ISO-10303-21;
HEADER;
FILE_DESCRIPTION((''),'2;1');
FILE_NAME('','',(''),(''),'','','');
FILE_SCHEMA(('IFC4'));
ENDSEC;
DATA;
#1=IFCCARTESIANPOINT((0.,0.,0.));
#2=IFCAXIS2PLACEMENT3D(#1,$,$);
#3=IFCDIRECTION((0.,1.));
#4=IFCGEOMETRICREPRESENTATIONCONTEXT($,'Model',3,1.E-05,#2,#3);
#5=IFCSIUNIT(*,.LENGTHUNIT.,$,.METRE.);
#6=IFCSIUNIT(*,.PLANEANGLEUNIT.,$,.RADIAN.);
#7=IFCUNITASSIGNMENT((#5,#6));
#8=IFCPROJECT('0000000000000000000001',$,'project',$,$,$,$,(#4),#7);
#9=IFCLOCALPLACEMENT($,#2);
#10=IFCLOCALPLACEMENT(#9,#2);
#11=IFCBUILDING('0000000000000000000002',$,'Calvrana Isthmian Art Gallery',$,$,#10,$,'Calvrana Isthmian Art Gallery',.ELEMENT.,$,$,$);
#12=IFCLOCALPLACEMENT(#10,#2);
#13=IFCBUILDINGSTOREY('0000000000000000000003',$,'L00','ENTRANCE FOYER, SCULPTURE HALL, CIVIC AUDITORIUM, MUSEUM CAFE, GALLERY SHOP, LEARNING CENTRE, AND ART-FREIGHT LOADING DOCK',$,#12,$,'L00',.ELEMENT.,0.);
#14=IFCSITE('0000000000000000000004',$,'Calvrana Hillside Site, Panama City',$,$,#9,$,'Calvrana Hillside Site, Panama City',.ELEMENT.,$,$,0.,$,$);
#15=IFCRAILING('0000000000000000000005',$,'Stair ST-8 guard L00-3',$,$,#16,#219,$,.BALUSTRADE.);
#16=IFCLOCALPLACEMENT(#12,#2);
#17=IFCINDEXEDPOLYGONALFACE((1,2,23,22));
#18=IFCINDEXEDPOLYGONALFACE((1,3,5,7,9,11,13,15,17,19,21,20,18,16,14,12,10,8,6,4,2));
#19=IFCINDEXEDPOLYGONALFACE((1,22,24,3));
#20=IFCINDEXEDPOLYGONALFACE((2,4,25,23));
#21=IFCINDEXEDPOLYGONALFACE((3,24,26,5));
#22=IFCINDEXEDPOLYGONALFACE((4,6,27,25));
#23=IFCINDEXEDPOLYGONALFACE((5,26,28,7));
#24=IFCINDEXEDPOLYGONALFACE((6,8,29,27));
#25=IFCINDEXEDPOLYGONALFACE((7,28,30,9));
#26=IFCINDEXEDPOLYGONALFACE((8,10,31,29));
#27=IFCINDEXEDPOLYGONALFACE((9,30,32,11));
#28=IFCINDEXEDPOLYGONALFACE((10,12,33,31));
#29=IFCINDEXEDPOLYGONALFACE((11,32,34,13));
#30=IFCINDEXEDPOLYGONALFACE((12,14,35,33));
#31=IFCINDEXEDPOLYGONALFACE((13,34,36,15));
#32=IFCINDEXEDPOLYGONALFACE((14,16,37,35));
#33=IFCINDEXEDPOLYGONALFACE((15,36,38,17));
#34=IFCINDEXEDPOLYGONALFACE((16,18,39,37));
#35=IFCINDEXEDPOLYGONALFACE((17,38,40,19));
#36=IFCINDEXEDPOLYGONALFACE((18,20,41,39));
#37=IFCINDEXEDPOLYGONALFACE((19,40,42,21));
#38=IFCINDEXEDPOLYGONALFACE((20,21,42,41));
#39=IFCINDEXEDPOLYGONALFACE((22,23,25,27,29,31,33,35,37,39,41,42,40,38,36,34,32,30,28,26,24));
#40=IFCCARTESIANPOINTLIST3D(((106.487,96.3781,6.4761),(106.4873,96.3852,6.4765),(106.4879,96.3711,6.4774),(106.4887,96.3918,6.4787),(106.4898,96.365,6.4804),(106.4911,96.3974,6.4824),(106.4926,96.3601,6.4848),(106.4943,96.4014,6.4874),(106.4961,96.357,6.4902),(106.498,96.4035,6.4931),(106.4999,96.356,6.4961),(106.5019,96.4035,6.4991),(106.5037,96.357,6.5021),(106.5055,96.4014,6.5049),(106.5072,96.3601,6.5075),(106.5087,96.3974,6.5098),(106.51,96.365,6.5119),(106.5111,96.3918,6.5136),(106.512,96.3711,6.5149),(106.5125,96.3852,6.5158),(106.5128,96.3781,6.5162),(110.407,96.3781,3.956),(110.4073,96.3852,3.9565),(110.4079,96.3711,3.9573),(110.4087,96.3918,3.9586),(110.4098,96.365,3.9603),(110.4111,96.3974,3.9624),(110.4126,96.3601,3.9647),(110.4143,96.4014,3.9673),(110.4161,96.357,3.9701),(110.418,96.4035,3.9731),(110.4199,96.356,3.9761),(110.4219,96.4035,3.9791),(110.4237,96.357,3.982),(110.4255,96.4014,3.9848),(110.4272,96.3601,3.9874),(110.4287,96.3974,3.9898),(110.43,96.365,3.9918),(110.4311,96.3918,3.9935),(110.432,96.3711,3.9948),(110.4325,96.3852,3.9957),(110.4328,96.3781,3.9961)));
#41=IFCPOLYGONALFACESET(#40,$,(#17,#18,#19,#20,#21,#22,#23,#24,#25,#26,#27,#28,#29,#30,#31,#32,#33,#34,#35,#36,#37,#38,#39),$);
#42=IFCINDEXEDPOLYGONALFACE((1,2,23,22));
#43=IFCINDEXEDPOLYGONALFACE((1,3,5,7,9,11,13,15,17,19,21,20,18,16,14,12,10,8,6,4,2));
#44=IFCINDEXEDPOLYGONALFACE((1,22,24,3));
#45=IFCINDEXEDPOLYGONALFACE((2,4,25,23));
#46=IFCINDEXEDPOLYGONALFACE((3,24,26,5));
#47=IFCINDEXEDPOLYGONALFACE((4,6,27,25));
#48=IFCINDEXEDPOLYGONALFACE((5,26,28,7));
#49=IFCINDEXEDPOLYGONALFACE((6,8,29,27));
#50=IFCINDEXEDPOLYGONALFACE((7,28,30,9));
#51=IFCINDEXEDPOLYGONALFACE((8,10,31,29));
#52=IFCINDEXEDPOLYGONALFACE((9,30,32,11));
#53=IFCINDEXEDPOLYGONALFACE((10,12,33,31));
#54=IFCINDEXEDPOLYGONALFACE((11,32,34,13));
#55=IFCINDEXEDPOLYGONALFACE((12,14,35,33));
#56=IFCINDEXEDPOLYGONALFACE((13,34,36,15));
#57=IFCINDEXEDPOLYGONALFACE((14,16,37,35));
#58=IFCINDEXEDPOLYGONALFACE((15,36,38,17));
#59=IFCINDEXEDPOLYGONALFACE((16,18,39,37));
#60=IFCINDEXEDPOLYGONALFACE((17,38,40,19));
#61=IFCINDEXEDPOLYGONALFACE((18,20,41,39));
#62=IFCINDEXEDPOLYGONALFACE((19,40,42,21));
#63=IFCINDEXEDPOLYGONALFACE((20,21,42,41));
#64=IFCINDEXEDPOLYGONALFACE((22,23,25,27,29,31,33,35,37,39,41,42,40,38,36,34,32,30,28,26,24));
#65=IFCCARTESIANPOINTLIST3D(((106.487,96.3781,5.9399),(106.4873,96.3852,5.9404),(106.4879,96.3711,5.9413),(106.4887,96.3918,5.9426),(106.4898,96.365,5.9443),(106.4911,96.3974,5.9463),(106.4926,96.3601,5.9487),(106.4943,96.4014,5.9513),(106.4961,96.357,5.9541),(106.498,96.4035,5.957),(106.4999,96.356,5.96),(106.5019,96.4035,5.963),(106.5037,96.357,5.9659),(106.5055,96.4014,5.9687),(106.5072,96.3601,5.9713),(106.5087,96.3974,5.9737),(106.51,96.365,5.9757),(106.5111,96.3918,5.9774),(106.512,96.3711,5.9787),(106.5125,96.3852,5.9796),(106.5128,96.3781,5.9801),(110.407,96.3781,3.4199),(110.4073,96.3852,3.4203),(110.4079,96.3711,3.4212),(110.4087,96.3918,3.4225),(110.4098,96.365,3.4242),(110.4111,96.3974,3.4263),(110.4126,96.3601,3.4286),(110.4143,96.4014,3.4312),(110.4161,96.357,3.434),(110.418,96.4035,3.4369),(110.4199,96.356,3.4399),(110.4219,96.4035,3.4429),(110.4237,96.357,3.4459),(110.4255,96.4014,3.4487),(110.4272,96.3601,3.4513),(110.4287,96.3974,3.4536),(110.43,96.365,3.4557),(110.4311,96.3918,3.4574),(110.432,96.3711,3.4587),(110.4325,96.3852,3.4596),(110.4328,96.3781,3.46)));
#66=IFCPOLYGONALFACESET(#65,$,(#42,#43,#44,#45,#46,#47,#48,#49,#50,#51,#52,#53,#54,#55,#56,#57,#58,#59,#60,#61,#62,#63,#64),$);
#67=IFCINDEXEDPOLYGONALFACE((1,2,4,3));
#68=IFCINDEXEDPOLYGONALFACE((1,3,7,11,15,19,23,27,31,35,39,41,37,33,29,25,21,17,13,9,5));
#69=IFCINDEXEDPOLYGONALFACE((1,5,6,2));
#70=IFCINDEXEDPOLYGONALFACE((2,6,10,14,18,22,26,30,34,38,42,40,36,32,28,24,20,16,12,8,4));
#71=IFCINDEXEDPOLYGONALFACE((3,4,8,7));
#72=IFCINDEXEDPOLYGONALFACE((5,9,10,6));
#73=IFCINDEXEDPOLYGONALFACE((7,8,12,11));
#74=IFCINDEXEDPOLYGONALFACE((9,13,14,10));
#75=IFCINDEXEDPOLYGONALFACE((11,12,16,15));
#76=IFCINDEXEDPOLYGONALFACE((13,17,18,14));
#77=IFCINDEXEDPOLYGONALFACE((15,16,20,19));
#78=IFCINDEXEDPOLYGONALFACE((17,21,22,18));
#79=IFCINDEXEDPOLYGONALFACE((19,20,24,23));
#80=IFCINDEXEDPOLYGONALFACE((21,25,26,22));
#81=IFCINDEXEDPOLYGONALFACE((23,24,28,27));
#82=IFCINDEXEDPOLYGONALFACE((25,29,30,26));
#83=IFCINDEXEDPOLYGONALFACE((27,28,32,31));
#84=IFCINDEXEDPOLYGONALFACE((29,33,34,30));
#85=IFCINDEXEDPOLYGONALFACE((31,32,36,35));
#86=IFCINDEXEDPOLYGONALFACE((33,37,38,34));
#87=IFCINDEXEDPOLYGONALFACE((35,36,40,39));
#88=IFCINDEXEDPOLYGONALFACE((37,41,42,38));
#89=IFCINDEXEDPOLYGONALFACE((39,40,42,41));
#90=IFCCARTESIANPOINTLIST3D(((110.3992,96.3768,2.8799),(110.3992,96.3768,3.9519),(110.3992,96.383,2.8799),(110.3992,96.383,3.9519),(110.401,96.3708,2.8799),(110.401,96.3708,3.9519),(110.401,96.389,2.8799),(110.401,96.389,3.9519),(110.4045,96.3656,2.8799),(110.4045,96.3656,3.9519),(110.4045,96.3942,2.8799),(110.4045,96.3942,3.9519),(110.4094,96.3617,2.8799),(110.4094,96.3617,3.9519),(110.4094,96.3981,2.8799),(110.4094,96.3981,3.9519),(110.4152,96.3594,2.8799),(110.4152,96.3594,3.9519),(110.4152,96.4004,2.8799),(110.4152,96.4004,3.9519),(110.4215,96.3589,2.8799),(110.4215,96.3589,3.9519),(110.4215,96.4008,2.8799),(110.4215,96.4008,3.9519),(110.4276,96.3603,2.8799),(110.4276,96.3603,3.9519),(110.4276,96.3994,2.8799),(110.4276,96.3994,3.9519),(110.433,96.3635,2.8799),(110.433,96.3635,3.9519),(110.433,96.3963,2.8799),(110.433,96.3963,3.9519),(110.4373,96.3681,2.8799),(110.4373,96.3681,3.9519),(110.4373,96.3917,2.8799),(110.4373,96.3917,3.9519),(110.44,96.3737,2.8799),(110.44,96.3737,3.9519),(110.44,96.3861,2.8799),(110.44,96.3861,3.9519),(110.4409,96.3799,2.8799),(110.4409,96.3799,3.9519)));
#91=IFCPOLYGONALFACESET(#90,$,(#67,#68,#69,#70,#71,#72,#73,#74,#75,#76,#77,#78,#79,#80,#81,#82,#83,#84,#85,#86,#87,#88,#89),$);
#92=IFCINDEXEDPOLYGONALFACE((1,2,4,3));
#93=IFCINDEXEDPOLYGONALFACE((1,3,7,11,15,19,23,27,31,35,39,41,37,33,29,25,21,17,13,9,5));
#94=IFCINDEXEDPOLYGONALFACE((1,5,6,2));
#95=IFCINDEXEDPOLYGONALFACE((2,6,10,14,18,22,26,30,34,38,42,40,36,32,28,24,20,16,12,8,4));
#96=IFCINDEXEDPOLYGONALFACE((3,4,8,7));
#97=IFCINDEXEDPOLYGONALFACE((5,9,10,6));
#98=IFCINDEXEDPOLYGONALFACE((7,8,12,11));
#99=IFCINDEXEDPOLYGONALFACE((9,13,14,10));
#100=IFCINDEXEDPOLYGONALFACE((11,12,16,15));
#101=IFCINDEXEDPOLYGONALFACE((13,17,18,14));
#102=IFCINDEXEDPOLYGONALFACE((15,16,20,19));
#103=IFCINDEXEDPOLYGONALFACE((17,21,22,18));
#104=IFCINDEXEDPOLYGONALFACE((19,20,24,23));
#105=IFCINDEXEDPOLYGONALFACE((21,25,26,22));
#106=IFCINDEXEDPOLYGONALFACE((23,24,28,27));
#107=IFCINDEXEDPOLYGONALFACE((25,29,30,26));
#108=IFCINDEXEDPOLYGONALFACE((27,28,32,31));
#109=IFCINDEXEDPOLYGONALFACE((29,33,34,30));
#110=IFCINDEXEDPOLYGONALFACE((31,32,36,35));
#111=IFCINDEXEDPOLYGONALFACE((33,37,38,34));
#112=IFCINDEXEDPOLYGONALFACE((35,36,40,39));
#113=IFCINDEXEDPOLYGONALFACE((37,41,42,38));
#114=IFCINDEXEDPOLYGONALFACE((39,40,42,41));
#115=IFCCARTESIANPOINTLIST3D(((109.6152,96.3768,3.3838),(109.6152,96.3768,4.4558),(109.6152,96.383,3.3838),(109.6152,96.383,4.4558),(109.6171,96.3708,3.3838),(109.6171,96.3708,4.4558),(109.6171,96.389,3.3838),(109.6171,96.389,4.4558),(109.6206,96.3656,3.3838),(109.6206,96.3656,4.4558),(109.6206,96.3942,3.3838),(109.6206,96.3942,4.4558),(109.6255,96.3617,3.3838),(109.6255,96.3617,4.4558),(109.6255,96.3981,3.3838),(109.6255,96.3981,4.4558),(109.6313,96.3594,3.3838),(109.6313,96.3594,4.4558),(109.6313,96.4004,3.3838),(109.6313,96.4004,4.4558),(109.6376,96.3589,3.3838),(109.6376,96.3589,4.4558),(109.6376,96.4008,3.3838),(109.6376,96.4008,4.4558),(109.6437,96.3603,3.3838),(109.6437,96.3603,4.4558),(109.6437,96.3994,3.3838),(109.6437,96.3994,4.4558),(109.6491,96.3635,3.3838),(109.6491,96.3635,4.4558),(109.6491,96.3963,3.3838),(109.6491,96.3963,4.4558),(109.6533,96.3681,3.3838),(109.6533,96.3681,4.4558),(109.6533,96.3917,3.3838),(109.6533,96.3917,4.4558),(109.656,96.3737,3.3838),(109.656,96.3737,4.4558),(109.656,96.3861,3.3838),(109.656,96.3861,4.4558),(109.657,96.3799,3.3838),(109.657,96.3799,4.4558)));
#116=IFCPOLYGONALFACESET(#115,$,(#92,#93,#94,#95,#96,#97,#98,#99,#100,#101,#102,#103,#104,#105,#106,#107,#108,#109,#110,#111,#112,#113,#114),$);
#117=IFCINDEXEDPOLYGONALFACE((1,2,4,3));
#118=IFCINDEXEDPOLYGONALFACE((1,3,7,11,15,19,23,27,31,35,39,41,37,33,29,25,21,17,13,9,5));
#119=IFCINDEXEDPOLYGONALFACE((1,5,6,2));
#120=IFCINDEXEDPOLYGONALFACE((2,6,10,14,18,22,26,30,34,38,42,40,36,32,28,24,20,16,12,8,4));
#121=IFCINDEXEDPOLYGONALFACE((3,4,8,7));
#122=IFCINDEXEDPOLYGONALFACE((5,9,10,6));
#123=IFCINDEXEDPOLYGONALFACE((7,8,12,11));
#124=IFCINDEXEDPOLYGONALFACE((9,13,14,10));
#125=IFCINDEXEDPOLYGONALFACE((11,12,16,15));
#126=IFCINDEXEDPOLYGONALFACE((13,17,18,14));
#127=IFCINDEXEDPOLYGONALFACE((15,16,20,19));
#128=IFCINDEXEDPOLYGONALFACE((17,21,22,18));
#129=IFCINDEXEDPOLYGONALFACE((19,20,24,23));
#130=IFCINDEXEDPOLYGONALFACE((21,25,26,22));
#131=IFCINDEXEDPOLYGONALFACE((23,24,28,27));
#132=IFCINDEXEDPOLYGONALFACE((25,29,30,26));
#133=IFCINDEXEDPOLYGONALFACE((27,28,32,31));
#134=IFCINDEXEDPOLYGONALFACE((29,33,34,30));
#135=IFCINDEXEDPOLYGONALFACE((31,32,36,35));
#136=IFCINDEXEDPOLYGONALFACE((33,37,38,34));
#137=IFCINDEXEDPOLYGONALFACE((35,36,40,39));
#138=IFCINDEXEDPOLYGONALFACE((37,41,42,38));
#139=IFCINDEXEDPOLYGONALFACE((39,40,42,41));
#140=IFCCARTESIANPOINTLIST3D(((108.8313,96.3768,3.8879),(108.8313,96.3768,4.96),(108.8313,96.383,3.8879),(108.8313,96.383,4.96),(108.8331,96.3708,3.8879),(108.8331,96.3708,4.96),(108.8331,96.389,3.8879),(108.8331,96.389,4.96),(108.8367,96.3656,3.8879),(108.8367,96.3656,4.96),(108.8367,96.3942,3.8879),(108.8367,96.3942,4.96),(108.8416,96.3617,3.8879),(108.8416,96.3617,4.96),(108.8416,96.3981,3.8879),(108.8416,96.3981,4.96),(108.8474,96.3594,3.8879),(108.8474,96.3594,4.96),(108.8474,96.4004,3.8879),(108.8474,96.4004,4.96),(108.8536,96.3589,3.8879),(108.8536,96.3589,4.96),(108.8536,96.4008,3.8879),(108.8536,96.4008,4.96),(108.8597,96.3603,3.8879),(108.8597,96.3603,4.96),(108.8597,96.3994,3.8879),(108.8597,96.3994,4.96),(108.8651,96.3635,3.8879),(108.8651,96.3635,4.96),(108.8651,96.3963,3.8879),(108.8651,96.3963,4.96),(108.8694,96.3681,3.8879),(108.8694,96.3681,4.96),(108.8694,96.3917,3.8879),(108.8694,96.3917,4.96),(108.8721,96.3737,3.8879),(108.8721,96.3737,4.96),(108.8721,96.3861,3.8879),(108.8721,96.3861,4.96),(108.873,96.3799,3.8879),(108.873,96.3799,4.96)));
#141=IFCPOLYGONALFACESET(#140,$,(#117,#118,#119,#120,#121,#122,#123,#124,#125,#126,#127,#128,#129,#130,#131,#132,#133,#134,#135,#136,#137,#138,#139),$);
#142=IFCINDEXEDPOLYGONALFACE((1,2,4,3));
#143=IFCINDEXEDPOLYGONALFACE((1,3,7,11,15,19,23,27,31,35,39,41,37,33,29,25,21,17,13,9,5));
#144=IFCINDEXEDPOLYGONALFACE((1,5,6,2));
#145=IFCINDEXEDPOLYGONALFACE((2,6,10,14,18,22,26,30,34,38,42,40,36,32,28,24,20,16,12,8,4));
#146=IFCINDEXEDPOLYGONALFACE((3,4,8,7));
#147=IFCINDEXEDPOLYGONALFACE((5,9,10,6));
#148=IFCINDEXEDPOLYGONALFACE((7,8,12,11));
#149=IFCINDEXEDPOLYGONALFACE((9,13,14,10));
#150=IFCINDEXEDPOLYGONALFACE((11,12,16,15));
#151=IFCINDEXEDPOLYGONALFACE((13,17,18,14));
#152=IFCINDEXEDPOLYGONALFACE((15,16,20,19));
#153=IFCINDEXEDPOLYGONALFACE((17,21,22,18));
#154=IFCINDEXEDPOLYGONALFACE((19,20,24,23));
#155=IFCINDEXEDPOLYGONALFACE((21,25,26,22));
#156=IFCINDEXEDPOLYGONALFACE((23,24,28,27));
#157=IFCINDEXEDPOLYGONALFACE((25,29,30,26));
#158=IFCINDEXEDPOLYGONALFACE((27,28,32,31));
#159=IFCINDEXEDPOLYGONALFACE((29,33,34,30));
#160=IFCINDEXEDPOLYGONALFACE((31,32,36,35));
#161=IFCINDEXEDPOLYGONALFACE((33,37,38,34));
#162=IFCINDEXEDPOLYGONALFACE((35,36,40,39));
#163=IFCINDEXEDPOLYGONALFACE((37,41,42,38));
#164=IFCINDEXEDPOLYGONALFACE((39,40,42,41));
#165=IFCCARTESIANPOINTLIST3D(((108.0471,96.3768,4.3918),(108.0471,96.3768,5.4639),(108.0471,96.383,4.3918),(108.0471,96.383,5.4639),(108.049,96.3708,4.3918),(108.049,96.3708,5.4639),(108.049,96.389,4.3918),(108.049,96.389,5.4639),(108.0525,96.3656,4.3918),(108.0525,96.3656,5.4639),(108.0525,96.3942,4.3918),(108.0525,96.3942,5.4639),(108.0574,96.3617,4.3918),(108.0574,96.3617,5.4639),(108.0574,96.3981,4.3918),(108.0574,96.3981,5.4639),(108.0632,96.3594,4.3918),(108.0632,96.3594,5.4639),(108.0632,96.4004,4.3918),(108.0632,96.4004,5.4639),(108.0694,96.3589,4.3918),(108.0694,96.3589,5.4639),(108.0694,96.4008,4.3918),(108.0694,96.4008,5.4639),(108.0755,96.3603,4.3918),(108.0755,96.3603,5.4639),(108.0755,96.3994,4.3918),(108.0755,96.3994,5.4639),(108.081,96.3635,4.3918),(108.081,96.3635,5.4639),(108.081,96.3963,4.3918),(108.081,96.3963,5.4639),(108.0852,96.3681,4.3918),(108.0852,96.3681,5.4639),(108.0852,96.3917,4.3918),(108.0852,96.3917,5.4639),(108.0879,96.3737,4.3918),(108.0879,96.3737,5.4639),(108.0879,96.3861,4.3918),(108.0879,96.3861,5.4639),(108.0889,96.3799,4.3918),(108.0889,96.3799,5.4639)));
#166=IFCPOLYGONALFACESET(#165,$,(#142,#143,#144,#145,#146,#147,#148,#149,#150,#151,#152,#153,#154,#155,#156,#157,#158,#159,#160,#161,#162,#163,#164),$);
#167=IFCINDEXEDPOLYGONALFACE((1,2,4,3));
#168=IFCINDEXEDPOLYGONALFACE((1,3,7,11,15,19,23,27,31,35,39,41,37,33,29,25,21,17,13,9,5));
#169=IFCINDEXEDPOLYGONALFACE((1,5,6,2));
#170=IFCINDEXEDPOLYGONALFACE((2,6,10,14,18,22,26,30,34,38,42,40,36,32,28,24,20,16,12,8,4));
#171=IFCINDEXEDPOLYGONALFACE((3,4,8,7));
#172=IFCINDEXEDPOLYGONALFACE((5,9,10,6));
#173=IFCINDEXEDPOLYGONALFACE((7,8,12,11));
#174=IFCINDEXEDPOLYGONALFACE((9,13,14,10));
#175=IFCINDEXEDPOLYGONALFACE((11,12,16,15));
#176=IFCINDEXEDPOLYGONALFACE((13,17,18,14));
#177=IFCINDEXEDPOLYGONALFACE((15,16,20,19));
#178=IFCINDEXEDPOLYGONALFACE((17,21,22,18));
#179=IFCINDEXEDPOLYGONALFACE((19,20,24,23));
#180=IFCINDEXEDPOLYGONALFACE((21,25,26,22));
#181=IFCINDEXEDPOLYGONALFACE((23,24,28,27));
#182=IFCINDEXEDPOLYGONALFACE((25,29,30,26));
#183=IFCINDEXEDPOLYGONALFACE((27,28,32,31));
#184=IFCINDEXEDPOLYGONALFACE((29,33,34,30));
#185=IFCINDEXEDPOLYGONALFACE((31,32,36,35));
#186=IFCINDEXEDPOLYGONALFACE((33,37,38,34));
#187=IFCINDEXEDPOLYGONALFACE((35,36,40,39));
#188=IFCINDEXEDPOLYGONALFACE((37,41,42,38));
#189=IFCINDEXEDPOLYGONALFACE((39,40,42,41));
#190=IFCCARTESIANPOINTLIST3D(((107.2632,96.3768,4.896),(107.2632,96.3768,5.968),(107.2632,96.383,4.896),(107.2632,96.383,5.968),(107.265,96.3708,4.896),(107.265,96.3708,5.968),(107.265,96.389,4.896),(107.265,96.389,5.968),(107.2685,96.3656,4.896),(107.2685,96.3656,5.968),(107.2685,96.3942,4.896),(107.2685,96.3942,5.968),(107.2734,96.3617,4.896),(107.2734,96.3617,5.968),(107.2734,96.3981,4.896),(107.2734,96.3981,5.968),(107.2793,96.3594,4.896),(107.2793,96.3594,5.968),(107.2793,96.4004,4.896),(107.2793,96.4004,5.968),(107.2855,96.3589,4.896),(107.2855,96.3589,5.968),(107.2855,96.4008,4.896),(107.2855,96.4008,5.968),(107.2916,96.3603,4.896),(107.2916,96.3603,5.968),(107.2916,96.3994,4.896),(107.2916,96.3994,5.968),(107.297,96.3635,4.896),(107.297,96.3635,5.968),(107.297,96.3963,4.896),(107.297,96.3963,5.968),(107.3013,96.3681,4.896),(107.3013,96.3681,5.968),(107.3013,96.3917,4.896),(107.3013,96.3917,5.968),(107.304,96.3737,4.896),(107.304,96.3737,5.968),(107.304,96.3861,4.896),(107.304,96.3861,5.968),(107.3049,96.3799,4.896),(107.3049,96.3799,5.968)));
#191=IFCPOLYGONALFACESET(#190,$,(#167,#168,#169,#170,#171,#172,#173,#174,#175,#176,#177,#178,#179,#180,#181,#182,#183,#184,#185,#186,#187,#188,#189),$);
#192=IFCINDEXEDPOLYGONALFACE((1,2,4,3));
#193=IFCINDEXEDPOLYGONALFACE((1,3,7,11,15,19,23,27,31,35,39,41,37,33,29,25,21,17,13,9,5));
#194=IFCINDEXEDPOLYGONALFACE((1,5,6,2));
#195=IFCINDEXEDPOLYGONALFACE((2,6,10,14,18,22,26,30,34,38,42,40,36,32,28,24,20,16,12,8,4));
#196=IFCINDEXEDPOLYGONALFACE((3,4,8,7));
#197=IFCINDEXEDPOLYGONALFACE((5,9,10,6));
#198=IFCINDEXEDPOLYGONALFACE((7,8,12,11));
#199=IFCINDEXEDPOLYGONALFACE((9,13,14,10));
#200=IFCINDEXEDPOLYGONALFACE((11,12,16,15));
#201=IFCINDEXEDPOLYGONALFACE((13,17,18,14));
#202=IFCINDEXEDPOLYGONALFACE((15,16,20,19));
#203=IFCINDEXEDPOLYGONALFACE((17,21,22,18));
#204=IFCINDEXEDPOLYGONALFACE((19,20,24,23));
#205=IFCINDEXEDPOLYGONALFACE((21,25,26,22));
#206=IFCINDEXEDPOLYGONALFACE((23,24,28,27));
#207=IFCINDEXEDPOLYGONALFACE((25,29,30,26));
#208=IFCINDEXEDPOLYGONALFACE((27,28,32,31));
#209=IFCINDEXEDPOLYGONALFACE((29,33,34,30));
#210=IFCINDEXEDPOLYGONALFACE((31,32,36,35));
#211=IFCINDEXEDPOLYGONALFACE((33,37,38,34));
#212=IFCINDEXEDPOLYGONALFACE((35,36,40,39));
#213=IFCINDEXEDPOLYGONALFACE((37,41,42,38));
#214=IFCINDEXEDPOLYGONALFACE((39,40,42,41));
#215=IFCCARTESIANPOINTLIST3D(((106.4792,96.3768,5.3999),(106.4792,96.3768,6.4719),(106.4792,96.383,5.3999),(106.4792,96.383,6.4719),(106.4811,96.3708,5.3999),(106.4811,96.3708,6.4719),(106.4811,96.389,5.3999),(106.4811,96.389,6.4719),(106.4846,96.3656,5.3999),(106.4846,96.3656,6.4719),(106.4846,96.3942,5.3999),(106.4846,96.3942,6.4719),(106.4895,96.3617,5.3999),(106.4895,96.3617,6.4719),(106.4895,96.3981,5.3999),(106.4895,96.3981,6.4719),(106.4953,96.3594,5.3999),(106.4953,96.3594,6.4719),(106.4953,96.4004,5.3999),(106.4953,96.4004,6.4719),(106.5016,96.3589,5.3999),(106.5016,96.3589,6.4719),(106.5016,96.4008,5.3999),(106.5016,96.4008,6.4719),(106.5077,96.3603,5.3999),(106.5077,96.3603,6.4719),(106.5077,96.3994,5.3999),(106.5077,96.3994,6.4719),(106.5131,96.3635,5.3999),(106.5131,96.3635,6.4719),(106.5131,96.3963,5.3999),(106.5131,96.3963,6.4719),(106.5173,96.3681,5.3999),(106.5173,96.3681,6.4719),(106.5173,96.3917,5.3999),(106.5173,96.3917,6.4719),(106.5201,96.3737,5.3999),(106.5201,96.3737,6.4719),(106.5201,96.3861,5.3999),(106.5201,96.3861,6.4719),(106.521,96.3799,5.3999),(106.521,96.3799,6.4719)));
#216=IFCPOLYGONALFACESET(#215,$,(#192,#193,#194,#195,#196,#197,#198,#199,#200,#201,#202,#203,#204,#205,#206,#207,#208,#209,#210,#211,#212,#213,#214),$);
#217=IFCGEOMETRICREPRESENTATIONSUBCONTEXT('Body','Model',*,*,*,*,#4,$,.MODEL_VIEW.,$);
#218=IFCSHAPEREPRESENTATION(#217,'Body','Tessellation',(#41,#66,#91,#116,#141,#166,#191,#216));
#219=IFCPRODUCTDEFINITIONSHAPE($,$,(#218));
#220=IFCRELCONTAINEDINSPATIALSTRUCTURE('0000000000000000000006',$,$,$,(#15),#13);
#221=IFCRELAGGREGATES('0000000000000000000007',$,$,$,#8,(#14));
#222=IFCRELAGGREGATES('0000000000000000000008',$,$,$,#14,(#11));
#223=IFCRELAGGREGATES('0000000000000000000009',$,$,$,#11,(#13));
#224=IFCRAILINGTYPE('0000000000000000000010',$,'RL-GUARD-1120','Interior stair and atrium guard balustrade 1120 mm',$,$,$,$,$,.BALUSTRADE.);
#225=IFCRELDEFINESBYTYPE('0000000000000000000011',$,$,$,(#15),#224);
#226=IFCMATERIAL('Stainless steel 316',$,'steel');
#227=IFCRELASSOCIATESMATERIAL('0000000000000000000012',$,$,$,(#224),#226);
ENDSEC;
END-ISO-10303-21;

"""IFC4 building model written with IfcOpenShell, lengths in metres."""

from ifc_helpers import new_model, si_unit, direction, frame, origin, origin_2d, place, context, subcontext, project, spatial, circle, extrude, material, type_object, element, save


model = new_model("IFC4")

# Units and contexts
model_context = context("Model", 3, precision=1e-05, world=origin(), true_north=direction((0.0, 1.0)))
body_context = subcontext(model_context, "Body", "Model", "MODEL_VIEW")
ifc_project = project(units=[si_unit("LENGTHUNIT", "METRE"), si_unit("PLANEANGLEUNIT", "RADIAN")], contexts=[model_context])

# Site, building, storey
site_placement = place(None, origin())
site = spatial("IfcSite", under=ifc_project, at=site_placement, Name="Calvrana Hillside Site, Panama City", LongName="Calvrana Hillside Site, Panama City", CompositionType="ELEMENT", RefElevation=0.0)
building_placement = place(site_placement, origin())
building = spatial("IfcBuilding", under=site, at=building_placement, Name="Calvrana Isthmian Art Gallery", LongName="Calvrana Isthmian Art Gallery", CompositionType="ELEMENT")
storey_placement = place(building_placement, origin())
storey = spatial("IfcBuildingStorey", under=building, at=storey_placement, Name="L00", Description="ENTRANCE FOYER, SCULPTURE HALL, CIVIC AUDITORIUM, MUSEUM CAFE, GALLERY SHOP, LEARNING CENTRE, AND ART-FREIGHT LOADING DOCK", LongName="L00", CompositionType="ELEMENT", Elevation=0.0)

# Railing
ifc_material_1 = material(Name="Stainless steel 316", Category="steel")
railing_type_1 = type_object("IfcRailingType", Name="RL-GUARD-1120", Description="Interior stair and atrium guard balustrade 1120 mm", PredefinedType="BALUSTRADE", material=ifc_material_1)
railing_1_placement = place(storey_placement, frame((110.4199, 96.3799, 2.8799)))
element("IfcRailing", 1, at=railing_1_placement, inside=storey, type_object=railing_type_1, Name="Stair ST-8 guard L00-3", PredefinedType="BALUSTRADE", context=body_context, shape_type="SweptSolid", body=[
    extrude(circle(Radius=0.0239, at=origin_2d()), frame((0.0, 0.0, 1.0962), z_axis=(-0.841172, 0.0, 0.540768), x_axis=(0.0, -1.0, 0.0)), (0.0, 0.0, 1.0), 4.6602),
    extrude(circle(Radius=0.0239, at=origin_2d()), frame((0.0, 0.0, 0.5601), z_axis=(-0.841172, 0.0, 0.540768), x_axis=(0.0, -1.0, 0.0)), (0.0, 0.0, 1.0), 4.6602),
    extrude(circle(Radius=0.021, at=origin_2d()), origin(), (0.0, 0.0, 1.0), 1.072),
    extrude(circle(Radius=0.021, at=origin_2d()), frame((-0.7839, 0.0, 0.5039)), (0.0, 0.0, 1.0), 1.072),
    extrude(circle(Radius=0.021, at=origin_2d()), frame((-1.5679, 0.0, 1.0081)), (0.0, 0.0, 1.0), 1.072),
    extrude(circle(Radius=0.021, at=origin_2d()), frame((-2.3521, 0.0, 1.512)), (0.0, 0.0, 1.0), 1.072),
    extrude(circle(Radius=0.021, at=origin_2d()), frame((-3.136, 0.0, 2.0161)), (0.0, 0.0, 1.0), 1.072),
    extrude(circle(Radius=0.021, at=origin_2d()), frame((-3.9199, 0.0, 2.52)), (0.0, 0.0, 1.0), 1.072),
])

save(model, "model.ifc")
